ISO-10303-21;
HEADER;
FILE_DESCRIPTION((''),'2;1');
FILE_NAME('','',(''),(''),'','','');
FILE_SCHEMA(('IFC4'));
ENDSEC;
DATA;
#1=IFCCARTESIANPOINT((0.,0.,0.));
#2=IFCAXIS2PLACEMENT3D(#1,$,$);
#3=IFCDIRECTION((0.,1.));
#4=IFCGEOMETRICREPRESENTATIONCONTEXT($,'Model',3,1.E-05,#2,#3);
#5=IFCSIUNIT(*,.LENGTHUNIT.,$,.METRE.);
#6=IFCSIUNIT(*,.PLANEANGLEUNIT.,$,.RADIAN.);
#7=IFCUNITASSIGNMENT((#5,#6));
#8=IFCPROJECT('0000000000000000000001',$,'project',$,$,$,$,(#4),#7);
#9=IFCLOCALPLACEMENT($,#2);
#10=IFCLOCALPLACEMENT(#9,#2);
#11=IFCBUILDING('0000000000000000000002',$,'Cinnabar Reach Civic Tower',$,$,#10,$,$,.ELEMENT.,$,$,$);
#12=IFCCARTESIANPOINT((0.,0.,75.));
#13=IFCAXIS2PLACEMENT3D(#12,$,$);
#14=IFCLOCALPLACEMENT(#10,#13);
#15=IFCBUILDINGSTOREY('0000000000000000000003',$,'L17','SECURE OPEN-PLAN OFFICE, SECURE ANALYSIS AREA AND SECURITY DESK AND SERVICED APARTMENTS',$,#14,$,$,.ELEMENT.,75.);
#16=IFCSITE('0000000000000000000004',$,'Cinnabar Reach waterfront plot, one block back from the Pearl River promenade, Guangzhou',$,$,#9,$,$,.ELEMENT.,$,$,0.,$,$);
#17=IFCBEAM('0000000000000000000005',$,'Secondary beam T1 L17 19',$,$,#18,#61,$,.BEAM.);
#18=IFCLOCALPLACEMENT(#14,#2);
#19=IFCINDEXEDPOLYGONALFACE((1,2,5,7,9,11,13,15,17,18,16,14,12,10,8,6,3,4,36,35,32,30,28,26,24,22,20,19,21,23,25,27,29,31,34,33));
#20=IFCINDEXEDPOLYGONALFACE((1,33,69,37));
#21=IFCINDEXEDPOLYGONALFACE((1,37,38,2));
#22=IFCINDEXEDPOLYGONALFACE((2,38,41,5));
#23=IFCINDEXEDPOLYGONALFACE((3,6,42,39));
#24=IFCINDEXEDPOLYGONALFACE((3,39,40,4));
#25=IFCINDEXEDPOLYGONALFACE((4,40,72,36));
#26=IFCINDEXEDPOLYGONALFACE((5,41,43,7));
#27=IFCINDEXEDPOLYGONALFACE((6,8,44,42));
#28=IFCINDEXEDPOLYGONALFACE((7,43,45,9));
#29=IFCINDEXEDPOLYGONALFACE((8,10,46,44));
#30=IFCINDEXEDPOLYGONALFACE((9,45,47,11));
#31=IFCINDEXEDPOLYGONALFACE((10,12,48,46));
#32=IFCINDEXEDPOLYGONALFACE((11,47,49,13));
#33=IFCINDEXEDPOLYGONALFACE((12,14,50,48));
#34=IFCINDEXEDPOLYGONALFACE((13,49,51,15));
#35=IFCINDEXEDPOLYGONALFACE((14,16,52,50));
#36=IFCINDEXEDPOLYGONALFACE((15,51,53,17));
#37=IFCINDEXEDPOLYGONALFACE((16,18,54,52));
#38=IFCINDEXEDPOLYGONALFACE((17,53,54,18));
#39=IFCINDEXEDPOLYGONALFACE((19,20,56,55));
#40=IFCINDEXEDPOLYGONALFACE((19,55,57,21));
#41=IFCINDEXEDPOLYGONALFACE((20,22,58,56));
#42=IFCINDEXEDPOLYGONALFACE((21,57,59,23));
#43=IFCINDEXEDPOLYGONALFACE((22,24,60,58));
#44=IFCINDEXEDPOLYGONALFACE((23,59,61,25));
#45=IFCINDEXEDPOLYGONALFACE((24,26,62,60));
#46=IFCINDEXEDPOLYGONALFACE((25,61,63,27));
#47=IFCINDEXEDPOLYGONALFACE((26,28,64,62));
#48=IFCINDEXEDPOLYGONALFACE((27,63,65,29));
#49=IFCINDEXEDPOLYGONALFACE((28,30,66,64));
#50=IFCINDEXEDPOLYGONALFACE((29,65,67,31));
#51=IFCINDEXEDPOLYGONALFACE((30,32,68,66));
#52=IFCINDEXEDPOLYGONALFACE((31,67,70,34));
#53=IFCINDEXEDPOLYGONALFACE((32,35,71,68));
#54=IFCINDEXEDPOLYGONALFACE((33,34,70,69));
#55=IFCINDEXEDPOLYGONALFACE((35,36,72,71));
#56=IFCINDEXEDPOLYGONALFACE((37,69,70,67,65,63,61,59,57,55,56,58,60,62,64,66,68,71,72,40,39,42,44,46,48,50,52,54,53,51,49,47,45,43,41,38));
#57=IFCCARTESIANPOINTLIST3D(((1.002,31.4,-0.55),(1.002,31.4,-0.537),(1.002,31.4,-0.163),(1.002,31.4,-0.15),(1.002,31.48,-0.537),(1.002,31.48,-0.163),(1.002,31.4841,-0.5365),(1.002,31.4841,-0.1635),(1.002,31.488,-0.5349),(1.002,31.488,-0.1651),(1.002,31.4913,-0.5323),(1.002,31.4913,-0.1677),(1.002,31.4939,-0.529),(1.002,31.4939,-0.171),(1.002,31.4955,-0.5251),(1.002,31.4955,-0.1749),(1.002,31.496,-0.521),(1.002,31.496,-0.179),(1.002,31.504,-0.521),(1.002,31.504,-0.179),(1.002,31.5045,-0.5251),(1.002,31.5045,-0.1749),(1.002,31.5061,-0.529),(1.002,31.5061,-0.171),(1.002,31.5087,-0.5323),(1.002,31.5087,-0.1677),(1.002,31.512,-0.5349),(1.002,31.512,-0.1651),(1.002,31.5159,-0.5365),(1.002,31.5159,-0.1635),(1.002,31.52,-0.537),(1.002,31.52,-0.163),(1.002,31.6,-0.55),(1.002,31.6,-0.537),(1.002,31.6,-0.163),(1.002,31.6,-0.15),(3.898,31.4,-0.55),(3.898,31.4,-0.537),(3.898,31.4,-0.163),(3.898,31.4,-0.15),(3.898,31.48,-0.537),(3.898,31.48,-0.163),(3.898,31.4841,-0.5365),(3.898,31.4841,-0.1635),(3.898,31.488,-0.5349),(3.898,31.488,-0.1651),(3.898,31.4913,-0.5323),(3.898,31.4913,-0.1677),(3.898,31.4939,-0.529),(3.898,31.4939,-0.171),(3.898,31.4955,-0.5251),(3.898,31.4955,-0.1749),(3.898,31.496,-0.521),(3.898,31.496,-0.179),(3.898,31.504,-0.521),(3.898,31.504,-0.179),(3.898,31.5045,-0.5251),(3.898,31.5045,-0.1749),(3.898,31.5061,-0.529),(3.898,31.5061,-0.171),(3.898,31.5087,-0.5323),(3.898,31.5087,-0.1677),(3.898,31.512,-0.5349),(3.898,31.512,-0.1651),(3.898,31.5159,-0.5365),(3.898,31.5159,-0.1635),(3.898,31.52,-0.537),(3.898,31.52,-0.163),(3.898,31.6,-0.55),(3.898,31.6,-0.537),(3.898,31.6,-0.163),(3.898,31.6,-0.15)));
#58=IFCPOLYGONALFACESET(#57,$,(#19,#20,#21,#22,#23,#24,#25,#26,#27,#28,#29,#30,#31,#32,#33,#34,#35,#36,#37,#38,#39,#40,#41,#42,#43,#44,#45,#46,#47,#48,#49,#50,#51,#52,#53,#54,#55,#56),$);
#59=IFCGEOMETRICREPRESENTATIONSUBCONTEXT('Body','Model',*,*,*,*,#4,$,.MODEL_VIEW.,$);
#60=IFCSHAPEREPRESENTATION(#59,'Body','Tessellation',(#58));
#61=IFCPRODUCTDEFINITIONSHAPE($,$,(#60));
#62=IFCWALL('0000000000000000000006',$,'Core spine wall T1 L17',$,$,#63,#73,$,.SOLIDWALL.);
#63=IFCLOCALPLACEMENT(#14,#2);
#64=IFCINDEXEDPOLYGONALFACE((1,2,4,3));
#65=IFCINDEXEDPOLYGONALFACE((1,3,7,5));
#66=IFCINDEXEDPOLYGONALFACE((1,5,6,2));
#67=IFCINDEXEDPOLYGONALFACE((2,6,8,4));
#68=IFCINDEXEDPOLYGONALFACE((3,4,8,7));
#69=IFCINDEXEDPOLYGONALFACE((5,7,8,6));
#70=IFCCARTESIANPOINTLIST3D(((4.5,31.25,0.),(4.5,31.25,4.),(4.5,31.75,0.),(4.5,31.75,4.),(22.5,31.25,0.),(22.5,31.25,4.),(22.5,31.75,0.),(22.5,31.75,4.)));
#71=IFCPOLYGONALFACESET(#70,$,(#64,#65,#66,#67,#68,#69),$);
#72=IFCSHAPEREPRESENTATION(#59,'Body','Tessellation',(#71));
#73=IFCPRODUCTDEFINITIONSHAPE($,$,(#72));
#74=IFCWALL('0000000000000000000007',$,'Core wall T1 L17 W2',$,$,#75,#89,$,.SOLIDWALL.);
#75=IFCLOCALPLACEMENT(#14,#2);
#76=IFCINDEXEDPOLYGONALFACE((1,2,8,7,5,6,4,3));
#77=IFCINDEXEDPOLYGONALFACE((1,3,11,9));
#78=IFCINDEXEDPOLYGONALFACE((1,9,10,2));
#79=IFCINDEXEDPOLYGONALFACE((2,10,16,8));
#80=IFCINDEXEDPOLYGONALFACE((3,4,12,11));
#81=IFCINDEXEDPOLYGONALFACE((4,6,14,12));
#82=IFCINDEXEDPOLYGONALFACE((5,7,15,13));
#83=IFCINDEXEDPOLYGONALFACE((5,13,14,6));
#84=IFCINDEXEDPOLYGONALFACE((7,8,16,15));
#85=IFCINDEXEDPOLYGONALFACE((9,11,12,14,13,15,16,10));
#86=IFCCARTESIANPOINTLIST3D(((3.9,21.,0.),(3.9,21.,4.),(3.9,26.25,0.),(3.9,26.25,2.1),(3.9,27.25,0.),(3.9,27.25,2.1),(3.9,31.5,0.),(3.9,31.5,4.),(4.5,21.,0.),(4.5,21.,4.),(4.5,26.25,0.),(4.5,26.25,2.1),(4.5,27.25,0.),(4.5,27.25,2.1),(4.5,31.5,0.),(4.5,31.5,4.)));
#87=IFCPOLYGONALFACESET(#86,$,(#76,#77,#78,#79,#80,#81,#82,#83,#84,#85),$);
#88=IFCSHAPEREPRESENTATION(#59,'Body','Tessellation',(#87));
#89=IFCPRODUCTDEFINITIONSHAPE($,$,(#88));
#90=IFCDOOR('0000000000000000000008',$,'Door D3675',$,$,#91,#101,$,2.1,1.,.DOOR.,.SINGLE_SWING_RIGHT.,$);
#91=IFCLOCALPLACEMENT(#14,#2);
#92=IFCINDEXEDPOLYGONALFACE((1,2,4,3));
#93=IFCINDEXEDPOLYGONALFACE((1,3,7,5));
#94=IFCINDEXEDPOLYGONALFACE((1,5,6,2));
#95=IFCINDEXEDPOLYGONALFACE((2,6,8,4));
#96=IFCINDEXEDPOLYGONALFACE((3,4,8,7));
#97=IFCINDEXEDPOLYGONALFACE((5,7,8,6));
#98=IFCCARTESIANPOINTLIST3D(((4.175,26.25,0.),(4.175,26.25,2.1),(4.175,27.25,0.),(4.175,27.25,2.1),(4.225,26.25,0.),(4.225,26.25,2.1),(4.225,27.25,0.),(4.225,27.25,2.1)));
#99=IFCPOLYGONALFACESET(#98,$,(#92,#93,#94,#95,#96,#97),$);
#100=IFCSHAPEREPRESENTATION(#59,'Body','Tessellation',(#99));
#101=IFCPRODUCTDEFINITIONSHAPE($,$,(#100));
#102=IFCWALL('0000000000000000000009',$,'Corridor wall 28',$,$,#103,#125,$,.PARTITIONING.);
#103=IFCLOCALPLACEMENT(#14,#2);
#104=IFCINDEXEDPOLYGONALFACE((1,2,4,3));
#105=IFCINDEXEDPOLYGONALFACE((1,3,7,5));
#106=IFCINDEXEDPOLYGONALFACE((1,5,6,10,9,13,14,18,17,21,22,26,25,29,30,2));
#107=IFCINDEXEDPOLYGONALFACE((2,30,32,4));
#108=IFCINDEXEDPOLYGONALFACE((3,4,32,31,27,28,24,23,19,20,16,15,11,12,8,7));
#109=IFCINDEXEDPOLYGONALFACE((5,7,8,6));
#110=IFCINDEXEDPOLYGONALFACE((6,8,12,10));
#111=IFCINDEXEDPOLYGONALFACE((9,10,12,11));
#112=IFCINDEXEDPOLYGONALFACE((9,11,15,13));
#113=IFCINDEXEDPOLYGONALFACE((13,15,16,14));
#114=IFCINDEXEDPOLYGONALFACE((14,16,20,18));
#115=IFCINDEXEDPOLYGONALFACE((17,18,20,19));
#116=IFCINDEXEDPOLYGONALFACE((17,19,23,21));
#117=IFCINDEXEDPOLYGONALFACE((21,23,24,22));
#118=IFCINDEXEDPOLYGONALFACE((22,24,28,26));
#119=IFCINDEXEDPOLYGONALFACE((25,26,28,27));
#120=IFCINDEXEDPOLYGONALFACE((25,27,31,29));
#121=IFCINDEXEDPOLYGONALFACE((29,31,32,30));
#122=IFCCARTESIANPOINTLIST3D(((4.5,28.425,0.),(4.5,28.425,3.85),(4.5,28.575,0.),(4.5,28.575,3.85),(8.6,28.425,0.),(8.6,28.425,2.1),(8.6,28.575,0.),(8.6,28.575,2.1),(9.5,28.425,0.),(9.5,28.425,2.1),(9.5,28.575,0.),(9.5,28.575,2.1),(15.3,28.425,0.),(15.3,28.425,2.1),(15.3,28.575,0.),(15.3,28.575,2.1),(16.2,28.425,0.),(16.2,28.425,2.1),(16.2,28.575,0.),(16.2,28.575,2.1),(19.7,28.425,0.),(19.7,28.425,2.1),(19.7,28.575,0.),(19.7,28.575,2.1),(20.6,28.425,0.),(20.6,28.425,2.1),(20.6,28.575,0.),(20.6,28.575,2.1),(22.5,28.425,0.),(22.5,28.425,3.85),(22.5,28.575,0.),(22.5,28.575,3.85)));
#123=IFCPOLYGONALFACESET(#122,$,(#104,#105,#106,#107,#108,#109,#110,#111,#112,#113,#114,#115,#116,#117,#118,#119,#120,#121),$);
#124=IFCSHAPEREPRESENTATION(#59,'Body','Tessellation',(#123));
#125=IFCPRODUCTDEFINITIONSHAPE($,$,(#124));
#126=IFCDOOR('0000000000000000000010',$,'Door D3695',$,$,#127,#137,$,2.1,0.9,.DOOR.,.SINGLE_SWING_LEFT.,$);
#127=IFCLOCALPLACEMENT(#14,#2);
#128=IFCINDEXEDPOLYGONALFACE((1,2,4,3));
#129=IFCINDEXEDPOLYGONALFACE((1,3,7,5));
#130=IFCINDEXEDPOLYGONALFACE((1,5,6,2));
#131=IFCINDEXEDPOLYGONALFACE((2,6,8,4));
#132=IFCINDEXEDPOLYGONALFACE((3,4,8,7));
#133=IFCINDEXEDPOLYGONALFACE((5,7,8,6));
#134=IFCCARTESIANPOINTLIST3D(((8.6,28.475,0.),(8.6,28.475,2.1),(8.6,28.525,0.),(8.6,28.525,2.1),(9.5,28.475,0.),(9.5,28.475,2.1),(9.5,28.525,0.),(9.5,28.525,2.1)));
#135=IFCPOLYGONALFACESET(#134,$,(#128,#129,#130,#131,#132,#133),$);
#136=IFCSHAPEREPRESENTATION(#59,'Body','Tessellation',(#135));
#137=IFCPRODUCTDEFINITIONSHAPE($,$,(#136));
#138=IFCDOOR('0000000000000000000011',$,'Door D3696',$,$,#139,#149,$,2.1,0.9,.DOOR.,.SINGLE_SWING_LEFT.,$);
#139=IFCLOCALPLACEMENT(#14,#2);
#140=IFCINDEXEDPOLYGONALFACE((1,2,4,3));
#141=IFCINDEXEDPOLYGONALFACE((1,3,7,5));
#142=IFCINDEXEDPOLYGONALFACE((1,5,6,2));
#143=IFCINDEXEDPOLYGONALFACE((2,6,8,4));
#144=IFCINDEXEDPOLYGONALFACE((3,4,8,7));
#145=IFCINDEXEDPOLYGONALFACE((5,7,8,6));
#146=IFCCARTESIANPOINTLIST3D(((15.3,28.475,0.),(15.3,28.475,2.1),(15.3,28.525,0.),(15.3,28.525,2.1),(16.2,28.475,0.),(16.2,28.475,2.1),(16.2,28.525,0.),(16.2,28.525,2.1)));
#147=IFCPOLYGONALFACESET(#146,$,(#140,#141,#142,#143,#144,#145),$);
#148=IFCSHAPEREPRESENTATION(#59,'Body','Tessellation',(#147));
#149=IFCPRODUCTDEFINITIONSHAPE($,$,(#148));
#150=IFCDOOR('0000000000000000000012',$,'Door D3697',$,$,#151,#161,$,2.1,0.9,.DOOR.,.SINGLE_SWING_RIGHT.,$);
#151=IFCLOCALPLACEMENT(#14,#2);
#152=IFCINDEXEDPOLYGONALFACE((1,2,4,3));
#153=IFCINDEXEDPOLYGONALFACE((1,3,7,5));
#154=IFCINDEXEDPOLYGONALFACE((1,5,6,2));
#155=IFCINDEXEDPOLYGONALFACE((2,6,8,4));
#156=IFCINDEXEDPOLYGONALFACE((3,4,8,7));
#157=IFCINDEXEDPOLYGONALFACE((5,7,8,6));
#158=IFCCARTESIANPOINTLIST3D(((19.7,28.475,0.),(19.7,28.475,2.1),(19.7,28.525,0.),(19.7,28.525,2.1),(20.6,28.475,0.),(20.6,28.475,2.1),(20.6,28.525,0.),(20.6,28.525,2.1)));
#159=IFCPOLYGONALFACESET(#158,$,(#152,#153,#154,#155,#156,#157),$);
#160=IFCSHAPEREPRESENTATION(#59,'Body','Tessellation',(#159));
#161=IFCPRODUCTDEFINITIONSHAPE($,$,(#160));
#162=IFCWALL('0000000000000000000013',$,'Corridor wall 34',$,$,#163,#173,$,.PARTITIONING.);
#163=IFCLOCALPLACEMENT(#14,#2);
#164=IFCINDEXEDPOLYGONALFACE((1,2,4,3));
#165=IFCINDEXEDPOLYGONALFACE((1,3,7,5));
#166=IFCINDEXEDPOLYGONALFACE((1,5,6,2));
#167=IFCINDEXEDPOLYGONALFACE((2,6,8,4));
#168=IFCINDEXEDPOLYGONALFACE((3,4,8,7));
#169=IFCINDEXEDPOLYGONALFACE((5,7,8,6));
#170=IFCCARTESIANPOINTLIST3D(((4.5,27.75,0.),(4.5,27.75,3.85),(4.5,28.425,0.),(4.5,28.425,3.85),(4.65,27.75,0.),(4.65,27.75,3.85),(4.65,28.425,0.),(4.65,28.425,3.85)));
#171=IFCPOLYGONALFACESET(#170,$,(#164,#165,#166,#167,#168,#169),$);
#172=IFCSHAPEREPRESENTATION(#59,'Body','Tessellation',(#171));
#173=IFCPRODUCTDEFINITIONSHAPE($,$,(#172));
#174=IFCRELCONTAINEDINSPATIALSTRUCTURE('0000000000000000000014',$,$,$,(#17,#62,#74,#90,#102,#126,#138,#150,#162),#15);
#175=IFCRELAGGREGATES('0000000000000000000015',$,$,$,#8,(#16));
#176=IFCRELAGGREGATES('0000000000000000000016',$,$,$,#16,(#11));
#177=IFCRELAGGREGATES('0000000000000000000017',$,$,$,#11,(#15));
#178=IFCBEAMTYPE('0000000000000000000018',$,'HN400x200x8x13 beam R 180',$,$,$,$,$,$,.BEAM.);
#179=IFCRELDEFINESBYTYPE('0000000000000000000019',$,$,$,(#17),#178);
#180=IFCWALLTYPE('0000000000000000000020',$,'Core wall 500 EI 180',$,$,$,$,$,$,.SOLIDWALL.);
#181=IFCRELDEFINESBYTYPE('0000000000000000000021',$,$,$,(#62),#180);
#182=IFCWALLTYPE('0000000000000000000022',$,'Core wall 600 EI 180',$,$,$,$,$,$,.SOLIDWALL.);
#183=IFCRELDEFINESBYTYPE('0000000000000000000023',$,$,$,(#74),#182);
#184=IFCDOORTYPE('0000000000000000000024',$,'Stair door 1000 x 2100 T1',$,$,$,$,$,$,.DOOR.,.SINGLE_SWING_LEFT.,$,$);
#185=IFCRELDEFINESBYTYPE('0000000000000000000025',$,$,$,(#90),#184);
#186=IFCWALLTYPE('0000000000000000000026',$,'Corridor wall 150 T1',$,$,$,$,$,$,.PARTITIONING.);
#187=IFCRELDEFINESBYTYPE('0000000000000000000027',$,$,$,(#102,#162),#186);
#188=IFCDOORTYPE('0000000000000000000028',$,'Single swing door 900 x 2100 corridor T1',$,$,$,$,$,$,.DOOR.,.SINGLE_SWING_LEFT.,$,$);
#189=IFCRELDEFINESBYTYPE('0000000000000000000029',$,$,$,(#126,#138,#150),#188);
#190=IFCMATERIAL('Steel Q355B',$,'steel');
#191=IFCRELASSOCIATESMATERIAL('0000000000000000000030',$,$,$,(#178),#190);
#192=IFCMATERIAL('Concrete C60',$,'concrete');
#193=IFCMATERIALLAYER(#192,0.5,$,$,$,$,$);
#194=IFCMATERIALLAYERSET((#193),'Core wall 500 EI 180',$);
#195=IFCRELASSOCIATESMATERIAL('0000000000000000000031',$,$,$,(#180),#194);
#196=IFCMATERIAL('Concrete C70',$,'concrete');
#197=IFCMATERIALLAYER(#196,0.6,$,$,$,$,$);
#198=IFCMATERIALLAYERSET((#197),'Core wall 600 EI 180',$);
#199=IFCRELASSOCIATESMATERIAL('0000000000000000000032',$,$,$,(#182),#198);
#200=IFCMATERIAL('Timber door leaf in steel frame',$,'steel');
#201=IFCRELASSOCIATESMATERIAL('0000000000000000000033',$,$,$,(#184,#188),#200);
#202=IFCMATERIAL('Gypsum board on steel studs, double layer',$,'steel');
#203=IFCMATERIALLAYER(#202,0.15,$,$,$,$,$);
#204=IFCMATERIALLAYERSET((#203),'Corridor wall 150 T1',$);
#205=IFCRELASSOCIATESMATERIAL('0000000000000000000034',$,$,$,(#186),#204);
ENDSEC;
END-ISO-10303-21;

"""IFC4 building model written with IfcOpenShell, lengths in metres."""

from ifc_helpers import new_model, si_unit, direction, frame, frame_2d, origin, origin_2d, place, context, subcontext, project, spatial, rectangle, i_section, extrude, material, layer, layer_set, material_profile, profile_set, type_object, element, fill, save


model = new_model("IFC4")

# Units and contexts
model_context = context("Model", 3, precision=1e-05, world=origin(), true_north=direction((0.0, 1.0)))
body_context = subcontext(model_context, "Body", "Model", "MODEL_VIEW")
ifc_project = project(units=[si_unit("LENGTHUNIT", "METRE"), si_unit("PLANEANGLEUNIT", "RADIAN")], contexts=[model_context])

# Site, building, storey
site_placement = place(None, origin())
site = spatial("IfcSite", under=ifc_project, at=site_placement, Name="Cinnabar Reach waterfront plot, one block back from the Pearl River promenade, Guangzhou", CompositionType="ELEMENT", RefElevation=0.0)
building_placement = place(site_placement, origin())
building = spatial("IfcBuilding", under=site, at=building_placement, Name="Cinnabar Reach Civic Tower", CompositionType="ELEMENT")
storey_placement = place(building_placement, frame((0.0, 0.0, 75.0)))
storey = spatial("IfcBuildingStorey", under=building, at=storey_placement, Name="L17", Description="SECURE OPEN-PLAN OFFICE, SECURE ANALYSIS AREA AND SECURITY DESK AND SERVICED APARTMENTS", CompositionType="ELEMENT", Elevation=75.0)

# Beam
ifc_material_1 = material(Name="Steel Q355B", Category="steel")
ifc_material_profile = material_profile(ifc_material_1, i_section(OverallWidth=0.2, OverallDepth=0.4, WebThickness=0.008, FlangeThickness=0.013, FilletRadius=0.016, at=origin_2d()), Name="HN400x200x8x13")
ifc_profile_set = profile_set([ifc_material_profile], Name="Steel Q355B")
beam_type = type_object("IfcBeamType", Name="HN400x200x8x13 beam R 180", PredefinedType="BEAM", material=ifc_profile_set)
beam_placement = place(storey_placement, frame((1.002, 31.5, -0.35), z_axis=(1.0, 0.0, 0.0), x_axis=(0.0, 1.0, 0.0)))
element("IfcBeam", 1, at=beam_placement, inside=storey, type_object=beam_type, Name="Secondary beam T1 L17 19", PredefinedType="BEAM", context=body_context, shape_type="SweptSolid", body=[
    extrude(i_section(OverallWidth=0.2, OverallDepth=0.4, WebThickness=0.008, FlangeThickness=0.013, FilletRadius=0.016, at=origin_2d()), origin(), (0.0, 0.0, 1.0), 2.896),
])

# Wall
ifc_material_2 = material(Name="Concrete C60", Category="concrete")
ifc_layer_1 = layer(ifc_material_2, 0.5)
ifc_layer_set_1 = layer_set([ifc_layer_1], Name="Core wall 500 EI 180")
wall_type_1 = type_object("IfcWallType", Name="Core wall 500 EI 180", PredefinedType="SOLIDWALL", material=ifc_layer_set_1)
wall_1_placement = place(storey_placement, frame((4.5, 31.5, 0.0), z_axis=(0.0, 0.0, 1.0), x_axis=(1.0, 0.0, 0.0)))
element("IfcWall", 2, at=wall_1_placement, inside=storey, type_object=wall_type_1, Name="Core spine wall T1 L17", PredefinedType="SOLIDWALL", context=body_context, shape_type="SweptSolid", body=[
    extrude(rectangle(XDim=18.0, YDim=0.5, at=frame_2d((9.0, 0.0))), origin(), (0.0, 0.0, 1.0), 4.0),
])

# Wall, opening, door
ifc_material_3 = material(Name="Concrete C70", Category="concrete")
ifc_layer_2 = layer(ifc_material_3, 0.6)
ifc_layer_set_2 = layer_set([ifc_layer_2], Name="Core wall 600 EI 180")
wall_type_2 = type_object("IfcWallType", Name="Core wall 600 EI 180", PredefinedType="SOLIDWALL", material=ifc_layer_set_2)
wall_2_placement = place(storey_placement, frame((4.2, 31.5, 0.0), z_axis=(0.0, 0.0, 1.0), x_axis=(0.0, -1.0, 0.0)))
wall_2 = element("IfcWall", 3, at=wall_2_placement, inside=storey, type_object=wall_type_2, Name="Core wall T1 L17 W2", PredefinedType="SOLIDWALL", context=body_context, shape_type="SweptSolid", body=[
    extrude(rectangle(XDim=10.5, YDim=0.6, at=frame_2d((5.25, 0.0))), origin(), (0.0, 0.0, 1.0), 4.0),
])
opening_1_placement = place(wall_2_placement, frame((4.25, 0.0, 0.0)))
opening_1 = element("IfcOpeningElement", 4, at=opening_1_placement, cuts=wall_2, PredefinedType="OPENING", context=body_context, shape_type="SweptSolid", body=[
    extrude(rectangle(XDim=1.0, YDim=2.1, at=frame_2d((0.5, 1.05))), frame((0.0, 0.31, 0.0), z_axis=(0.0, -1.0, 0.0), x_axis=(1.0, 0.0, 0.0)), (0.0, 0.0, 1.0), 0.62),
])
ifc_material_4 = material(Name="Timber door leaf in steel frame", Category="steel")
door_type_1 = type_object("IfcDoorType", Name="Stair door 1000 x 2100 T1", OperationType="SINGLE_SWING_LEFT", PredefinedType="DOOR", material=ifc_material_4)
door_1_placement = place(opening_1_placement, frame((1.0, 0.0, 0.0), z_axis=(0.0, 0.0, 1.0), x_axis=(-1.0, 0.0, 0.0)))
door_1 = element("IfcDoor", 5, at=door_1_placement, inside=storey, type_object=door_type_1, Name="Door D3675", OperationType="SINGLE_SWING_RIGHT", OverallHeight=2.1, OverallWidth=1.0, PredefinedType="DOOR", context=body_context, shape_type="SweptSolid", body=[
    extrude(rectangle(XDim=1.0, YDim=2.1, at=frame_2d((0.5, 1.05))), frame((0.0, 0.025, 0.0), z_axis=(0.0, -1.0, 0.0), x_axis=(1.0, 0.0, 0.0)), (0.0, 0.0, 1.0), 0.05),
])
fill(opening_1, door_1)

# Wall, openings, doors
ifc_material_5 = material(Name="Gypsum board on steel studs, double layer", Category="steel")
ifc_layer_3 = layer(ifc_material_5, 0.15)
ifc_layer_set_3 = layer_set([ifc_layer_3], Name="Corridor wall 150 T1")
wall_type_3 = type_object("IfcWallType", Name="Corridor wall 150 T1", PredefinedType="PARTITIONING", material=ifc_layer_set_3)
wall_3_placement = place(storey_placement, frame((4.5, 28.5, 0.0), z_axis=(0.0, 0.0, 1.0), x_axis=(1.0, 0.0, 0.0)))
wall_3 = element("IfcWall", 6, at=wall_3_placement, inside=storey, type_object=wall_type_3, Name="Corridor wall 28", PredefinedType="PARTITIONING", context=body_context, shape_type="SweptSolid", body=[
    extrude(rectangle(XDim=18.0, YDim=0.15, at=frame_2d((9.0, 0.0))), origin(), (0.0, 0.0, 1.0), 3.85),
])
opening_2_placement = place(wall_3_placement, frame((4.1, 0.0, 0.0)))
opening_2 = element("IfcOpeningElement", 7, at=opening_2_placement, cuts=wall_3, PredefinedType="OPENING", context=body_context, shape_type="SweptSolid", body=[
    extrude(rectangle(XDim=0.9, YDim=2.1, at=frame_2d((0.45, 1.05))), frame((0.0, 0.085, 0.0), z_axis=(0.0, -1.0, 0.0), x_axis=(1.0, 0.0, 0.0)), (0.0, 0.0, 1.0), 0.17),
])
opening_3_placement = place(wall_3_placement, frame((10.8, 0.0, 0.0)))
opening_3 = element("IfcOpeningElement", 8, at=opening_3_placement, cuts=wall_3, PredefinedType="OPENING", context=body_context, shape_type="SweptSolid", body=[
    extrude(rectangle(XDim=0.9, YDim=2.1, at=frame_2d((0.45, 1.05))), frame((0.0, 0.085, 0.0), z_axis=(0.0, -1.0, 0.0), x_axis=(1.0, 0.0, 0.0)), (0.0, 0.0, 1.0), 0.17),
])
opening_4_placement = place(wall_3_placement, frame((15.2, 0.0, 0.0)))
opening_4 = element("IfcOpeningElement", 9, at=opening_4_placement, cuts=wall_3, PredefinedType="OPENING", context=body_context, shape_type="SweptSolid", body=[
    extrude(rectangle(XDim=0.9, YDim=2.1, at=frame_2d((0.45, 1.05))), frame((0.0, 0.085, 0.0), z_axis=(0.0, -1.0, 0.0), x_axis=(1.0, 0.0, 0.0)), (0.0, 0.0, 1.0), 0.17),
])
door_type_2 = type_object("IfcDoorType", Name="Single swing door 900 x 2100 corridor T1", OperationType="SINGLE_SWING_LEFT", PredefinedType="DOOR", material=ifc_material_4)
door_2_placement = place(opening_2_placement, origin())
door_2 = element("IfcDoor", 10, at=door_2_placement, inside=storey, type_object=door_type_2, Name="Door D3695", OperationType="SINGLE_SWING_LEFT", OverallHeight=2.1, OverallWidth=0.9, PredefinedType="DOOR", context=body_context, shape_type="SweptSolid", body=[
    extrude(rectangle(XDim=0.9, YDim=2.1, at=frame_2d((0.45, 1.05))), frame((0.0, 0.025, 0.0), z_axis=(0.0, -1.0, 0.0), x_axis=(1.0, 0.0, 0.0)), (0.0, 0.0, 1.0), 0.05),
])
fill(opening_2, door_2)
door_3_placement = place(opening_3_placement, origin())
door_3 = element("IfcDoor", 11, at=door_3_placement, inside=storey, type_object=door_type_2, Name="Door D3696", OperationType="SINGLE_SWING_LEFT", OverallHeight=2.1, OverallWidth=0.9, PredefinedType="DOOR", context=body_context, shape_type="SweptSolid", body=[
    extrude(rectangle(XDim=0.9, YDim=2.1, at=frame_2d((0.45, 1.05))), frame((0.0, 0.025, 0.0), z_axis=(0.0, -1.0, 0.0), x_axis=(1.0, 0.0, 0.0)), (0.0, 0.0, 1.0), 0.05),
])
fill(opening_3, door_3)
door_4_placement = place(opening_4_placement, origin())
door_4 = element("IfcDoor", 12, at=door_4_placement, inside=storey, type_object=door_type_2, Name="Door D3697", OperationType="SINGLE_SWING_RIGHT", OverallHeight=2.1, OverallWidth=0.9, PredefinedType="DOOR", context=body_context, shape_type="SweptSolid", body=[
    extrude(rectangle(XDim=0.9, YDim=2.1, at=frame_2d((0.45, 1.05))), frame((0.0, 0.025, 0.0), z_axis=(0.0, -1.0, 0.0), x_axis=(1.0, 0.0, 0.0)), (0.0, 0.0, 1.0), 0.05),
])
fill(opening_4, door_4)

# Wall
wall_4_placement = place(storey_placement, frame((4.575, 27.75, 0.0), z_axis=(0.0, 0.0, 1.0), x_axis=(0.0, 1.0, 0.0)))
element("IfcWall", 13, at=wall_4_placement, inside=storey, type_object=wall_type_3, Name="Corridor wall 34", PredefinedType="PARTITIONING", context=body_context, shape_type="SweptSolid", body=[
    extrude(rectangle(XDim=0.675, YDim=0.15, at=frame_2d((0.3375, 0.0))), origin(), (0.0, 0.0, 1.0), 3.85),
])

save(model, "model.ifc")
